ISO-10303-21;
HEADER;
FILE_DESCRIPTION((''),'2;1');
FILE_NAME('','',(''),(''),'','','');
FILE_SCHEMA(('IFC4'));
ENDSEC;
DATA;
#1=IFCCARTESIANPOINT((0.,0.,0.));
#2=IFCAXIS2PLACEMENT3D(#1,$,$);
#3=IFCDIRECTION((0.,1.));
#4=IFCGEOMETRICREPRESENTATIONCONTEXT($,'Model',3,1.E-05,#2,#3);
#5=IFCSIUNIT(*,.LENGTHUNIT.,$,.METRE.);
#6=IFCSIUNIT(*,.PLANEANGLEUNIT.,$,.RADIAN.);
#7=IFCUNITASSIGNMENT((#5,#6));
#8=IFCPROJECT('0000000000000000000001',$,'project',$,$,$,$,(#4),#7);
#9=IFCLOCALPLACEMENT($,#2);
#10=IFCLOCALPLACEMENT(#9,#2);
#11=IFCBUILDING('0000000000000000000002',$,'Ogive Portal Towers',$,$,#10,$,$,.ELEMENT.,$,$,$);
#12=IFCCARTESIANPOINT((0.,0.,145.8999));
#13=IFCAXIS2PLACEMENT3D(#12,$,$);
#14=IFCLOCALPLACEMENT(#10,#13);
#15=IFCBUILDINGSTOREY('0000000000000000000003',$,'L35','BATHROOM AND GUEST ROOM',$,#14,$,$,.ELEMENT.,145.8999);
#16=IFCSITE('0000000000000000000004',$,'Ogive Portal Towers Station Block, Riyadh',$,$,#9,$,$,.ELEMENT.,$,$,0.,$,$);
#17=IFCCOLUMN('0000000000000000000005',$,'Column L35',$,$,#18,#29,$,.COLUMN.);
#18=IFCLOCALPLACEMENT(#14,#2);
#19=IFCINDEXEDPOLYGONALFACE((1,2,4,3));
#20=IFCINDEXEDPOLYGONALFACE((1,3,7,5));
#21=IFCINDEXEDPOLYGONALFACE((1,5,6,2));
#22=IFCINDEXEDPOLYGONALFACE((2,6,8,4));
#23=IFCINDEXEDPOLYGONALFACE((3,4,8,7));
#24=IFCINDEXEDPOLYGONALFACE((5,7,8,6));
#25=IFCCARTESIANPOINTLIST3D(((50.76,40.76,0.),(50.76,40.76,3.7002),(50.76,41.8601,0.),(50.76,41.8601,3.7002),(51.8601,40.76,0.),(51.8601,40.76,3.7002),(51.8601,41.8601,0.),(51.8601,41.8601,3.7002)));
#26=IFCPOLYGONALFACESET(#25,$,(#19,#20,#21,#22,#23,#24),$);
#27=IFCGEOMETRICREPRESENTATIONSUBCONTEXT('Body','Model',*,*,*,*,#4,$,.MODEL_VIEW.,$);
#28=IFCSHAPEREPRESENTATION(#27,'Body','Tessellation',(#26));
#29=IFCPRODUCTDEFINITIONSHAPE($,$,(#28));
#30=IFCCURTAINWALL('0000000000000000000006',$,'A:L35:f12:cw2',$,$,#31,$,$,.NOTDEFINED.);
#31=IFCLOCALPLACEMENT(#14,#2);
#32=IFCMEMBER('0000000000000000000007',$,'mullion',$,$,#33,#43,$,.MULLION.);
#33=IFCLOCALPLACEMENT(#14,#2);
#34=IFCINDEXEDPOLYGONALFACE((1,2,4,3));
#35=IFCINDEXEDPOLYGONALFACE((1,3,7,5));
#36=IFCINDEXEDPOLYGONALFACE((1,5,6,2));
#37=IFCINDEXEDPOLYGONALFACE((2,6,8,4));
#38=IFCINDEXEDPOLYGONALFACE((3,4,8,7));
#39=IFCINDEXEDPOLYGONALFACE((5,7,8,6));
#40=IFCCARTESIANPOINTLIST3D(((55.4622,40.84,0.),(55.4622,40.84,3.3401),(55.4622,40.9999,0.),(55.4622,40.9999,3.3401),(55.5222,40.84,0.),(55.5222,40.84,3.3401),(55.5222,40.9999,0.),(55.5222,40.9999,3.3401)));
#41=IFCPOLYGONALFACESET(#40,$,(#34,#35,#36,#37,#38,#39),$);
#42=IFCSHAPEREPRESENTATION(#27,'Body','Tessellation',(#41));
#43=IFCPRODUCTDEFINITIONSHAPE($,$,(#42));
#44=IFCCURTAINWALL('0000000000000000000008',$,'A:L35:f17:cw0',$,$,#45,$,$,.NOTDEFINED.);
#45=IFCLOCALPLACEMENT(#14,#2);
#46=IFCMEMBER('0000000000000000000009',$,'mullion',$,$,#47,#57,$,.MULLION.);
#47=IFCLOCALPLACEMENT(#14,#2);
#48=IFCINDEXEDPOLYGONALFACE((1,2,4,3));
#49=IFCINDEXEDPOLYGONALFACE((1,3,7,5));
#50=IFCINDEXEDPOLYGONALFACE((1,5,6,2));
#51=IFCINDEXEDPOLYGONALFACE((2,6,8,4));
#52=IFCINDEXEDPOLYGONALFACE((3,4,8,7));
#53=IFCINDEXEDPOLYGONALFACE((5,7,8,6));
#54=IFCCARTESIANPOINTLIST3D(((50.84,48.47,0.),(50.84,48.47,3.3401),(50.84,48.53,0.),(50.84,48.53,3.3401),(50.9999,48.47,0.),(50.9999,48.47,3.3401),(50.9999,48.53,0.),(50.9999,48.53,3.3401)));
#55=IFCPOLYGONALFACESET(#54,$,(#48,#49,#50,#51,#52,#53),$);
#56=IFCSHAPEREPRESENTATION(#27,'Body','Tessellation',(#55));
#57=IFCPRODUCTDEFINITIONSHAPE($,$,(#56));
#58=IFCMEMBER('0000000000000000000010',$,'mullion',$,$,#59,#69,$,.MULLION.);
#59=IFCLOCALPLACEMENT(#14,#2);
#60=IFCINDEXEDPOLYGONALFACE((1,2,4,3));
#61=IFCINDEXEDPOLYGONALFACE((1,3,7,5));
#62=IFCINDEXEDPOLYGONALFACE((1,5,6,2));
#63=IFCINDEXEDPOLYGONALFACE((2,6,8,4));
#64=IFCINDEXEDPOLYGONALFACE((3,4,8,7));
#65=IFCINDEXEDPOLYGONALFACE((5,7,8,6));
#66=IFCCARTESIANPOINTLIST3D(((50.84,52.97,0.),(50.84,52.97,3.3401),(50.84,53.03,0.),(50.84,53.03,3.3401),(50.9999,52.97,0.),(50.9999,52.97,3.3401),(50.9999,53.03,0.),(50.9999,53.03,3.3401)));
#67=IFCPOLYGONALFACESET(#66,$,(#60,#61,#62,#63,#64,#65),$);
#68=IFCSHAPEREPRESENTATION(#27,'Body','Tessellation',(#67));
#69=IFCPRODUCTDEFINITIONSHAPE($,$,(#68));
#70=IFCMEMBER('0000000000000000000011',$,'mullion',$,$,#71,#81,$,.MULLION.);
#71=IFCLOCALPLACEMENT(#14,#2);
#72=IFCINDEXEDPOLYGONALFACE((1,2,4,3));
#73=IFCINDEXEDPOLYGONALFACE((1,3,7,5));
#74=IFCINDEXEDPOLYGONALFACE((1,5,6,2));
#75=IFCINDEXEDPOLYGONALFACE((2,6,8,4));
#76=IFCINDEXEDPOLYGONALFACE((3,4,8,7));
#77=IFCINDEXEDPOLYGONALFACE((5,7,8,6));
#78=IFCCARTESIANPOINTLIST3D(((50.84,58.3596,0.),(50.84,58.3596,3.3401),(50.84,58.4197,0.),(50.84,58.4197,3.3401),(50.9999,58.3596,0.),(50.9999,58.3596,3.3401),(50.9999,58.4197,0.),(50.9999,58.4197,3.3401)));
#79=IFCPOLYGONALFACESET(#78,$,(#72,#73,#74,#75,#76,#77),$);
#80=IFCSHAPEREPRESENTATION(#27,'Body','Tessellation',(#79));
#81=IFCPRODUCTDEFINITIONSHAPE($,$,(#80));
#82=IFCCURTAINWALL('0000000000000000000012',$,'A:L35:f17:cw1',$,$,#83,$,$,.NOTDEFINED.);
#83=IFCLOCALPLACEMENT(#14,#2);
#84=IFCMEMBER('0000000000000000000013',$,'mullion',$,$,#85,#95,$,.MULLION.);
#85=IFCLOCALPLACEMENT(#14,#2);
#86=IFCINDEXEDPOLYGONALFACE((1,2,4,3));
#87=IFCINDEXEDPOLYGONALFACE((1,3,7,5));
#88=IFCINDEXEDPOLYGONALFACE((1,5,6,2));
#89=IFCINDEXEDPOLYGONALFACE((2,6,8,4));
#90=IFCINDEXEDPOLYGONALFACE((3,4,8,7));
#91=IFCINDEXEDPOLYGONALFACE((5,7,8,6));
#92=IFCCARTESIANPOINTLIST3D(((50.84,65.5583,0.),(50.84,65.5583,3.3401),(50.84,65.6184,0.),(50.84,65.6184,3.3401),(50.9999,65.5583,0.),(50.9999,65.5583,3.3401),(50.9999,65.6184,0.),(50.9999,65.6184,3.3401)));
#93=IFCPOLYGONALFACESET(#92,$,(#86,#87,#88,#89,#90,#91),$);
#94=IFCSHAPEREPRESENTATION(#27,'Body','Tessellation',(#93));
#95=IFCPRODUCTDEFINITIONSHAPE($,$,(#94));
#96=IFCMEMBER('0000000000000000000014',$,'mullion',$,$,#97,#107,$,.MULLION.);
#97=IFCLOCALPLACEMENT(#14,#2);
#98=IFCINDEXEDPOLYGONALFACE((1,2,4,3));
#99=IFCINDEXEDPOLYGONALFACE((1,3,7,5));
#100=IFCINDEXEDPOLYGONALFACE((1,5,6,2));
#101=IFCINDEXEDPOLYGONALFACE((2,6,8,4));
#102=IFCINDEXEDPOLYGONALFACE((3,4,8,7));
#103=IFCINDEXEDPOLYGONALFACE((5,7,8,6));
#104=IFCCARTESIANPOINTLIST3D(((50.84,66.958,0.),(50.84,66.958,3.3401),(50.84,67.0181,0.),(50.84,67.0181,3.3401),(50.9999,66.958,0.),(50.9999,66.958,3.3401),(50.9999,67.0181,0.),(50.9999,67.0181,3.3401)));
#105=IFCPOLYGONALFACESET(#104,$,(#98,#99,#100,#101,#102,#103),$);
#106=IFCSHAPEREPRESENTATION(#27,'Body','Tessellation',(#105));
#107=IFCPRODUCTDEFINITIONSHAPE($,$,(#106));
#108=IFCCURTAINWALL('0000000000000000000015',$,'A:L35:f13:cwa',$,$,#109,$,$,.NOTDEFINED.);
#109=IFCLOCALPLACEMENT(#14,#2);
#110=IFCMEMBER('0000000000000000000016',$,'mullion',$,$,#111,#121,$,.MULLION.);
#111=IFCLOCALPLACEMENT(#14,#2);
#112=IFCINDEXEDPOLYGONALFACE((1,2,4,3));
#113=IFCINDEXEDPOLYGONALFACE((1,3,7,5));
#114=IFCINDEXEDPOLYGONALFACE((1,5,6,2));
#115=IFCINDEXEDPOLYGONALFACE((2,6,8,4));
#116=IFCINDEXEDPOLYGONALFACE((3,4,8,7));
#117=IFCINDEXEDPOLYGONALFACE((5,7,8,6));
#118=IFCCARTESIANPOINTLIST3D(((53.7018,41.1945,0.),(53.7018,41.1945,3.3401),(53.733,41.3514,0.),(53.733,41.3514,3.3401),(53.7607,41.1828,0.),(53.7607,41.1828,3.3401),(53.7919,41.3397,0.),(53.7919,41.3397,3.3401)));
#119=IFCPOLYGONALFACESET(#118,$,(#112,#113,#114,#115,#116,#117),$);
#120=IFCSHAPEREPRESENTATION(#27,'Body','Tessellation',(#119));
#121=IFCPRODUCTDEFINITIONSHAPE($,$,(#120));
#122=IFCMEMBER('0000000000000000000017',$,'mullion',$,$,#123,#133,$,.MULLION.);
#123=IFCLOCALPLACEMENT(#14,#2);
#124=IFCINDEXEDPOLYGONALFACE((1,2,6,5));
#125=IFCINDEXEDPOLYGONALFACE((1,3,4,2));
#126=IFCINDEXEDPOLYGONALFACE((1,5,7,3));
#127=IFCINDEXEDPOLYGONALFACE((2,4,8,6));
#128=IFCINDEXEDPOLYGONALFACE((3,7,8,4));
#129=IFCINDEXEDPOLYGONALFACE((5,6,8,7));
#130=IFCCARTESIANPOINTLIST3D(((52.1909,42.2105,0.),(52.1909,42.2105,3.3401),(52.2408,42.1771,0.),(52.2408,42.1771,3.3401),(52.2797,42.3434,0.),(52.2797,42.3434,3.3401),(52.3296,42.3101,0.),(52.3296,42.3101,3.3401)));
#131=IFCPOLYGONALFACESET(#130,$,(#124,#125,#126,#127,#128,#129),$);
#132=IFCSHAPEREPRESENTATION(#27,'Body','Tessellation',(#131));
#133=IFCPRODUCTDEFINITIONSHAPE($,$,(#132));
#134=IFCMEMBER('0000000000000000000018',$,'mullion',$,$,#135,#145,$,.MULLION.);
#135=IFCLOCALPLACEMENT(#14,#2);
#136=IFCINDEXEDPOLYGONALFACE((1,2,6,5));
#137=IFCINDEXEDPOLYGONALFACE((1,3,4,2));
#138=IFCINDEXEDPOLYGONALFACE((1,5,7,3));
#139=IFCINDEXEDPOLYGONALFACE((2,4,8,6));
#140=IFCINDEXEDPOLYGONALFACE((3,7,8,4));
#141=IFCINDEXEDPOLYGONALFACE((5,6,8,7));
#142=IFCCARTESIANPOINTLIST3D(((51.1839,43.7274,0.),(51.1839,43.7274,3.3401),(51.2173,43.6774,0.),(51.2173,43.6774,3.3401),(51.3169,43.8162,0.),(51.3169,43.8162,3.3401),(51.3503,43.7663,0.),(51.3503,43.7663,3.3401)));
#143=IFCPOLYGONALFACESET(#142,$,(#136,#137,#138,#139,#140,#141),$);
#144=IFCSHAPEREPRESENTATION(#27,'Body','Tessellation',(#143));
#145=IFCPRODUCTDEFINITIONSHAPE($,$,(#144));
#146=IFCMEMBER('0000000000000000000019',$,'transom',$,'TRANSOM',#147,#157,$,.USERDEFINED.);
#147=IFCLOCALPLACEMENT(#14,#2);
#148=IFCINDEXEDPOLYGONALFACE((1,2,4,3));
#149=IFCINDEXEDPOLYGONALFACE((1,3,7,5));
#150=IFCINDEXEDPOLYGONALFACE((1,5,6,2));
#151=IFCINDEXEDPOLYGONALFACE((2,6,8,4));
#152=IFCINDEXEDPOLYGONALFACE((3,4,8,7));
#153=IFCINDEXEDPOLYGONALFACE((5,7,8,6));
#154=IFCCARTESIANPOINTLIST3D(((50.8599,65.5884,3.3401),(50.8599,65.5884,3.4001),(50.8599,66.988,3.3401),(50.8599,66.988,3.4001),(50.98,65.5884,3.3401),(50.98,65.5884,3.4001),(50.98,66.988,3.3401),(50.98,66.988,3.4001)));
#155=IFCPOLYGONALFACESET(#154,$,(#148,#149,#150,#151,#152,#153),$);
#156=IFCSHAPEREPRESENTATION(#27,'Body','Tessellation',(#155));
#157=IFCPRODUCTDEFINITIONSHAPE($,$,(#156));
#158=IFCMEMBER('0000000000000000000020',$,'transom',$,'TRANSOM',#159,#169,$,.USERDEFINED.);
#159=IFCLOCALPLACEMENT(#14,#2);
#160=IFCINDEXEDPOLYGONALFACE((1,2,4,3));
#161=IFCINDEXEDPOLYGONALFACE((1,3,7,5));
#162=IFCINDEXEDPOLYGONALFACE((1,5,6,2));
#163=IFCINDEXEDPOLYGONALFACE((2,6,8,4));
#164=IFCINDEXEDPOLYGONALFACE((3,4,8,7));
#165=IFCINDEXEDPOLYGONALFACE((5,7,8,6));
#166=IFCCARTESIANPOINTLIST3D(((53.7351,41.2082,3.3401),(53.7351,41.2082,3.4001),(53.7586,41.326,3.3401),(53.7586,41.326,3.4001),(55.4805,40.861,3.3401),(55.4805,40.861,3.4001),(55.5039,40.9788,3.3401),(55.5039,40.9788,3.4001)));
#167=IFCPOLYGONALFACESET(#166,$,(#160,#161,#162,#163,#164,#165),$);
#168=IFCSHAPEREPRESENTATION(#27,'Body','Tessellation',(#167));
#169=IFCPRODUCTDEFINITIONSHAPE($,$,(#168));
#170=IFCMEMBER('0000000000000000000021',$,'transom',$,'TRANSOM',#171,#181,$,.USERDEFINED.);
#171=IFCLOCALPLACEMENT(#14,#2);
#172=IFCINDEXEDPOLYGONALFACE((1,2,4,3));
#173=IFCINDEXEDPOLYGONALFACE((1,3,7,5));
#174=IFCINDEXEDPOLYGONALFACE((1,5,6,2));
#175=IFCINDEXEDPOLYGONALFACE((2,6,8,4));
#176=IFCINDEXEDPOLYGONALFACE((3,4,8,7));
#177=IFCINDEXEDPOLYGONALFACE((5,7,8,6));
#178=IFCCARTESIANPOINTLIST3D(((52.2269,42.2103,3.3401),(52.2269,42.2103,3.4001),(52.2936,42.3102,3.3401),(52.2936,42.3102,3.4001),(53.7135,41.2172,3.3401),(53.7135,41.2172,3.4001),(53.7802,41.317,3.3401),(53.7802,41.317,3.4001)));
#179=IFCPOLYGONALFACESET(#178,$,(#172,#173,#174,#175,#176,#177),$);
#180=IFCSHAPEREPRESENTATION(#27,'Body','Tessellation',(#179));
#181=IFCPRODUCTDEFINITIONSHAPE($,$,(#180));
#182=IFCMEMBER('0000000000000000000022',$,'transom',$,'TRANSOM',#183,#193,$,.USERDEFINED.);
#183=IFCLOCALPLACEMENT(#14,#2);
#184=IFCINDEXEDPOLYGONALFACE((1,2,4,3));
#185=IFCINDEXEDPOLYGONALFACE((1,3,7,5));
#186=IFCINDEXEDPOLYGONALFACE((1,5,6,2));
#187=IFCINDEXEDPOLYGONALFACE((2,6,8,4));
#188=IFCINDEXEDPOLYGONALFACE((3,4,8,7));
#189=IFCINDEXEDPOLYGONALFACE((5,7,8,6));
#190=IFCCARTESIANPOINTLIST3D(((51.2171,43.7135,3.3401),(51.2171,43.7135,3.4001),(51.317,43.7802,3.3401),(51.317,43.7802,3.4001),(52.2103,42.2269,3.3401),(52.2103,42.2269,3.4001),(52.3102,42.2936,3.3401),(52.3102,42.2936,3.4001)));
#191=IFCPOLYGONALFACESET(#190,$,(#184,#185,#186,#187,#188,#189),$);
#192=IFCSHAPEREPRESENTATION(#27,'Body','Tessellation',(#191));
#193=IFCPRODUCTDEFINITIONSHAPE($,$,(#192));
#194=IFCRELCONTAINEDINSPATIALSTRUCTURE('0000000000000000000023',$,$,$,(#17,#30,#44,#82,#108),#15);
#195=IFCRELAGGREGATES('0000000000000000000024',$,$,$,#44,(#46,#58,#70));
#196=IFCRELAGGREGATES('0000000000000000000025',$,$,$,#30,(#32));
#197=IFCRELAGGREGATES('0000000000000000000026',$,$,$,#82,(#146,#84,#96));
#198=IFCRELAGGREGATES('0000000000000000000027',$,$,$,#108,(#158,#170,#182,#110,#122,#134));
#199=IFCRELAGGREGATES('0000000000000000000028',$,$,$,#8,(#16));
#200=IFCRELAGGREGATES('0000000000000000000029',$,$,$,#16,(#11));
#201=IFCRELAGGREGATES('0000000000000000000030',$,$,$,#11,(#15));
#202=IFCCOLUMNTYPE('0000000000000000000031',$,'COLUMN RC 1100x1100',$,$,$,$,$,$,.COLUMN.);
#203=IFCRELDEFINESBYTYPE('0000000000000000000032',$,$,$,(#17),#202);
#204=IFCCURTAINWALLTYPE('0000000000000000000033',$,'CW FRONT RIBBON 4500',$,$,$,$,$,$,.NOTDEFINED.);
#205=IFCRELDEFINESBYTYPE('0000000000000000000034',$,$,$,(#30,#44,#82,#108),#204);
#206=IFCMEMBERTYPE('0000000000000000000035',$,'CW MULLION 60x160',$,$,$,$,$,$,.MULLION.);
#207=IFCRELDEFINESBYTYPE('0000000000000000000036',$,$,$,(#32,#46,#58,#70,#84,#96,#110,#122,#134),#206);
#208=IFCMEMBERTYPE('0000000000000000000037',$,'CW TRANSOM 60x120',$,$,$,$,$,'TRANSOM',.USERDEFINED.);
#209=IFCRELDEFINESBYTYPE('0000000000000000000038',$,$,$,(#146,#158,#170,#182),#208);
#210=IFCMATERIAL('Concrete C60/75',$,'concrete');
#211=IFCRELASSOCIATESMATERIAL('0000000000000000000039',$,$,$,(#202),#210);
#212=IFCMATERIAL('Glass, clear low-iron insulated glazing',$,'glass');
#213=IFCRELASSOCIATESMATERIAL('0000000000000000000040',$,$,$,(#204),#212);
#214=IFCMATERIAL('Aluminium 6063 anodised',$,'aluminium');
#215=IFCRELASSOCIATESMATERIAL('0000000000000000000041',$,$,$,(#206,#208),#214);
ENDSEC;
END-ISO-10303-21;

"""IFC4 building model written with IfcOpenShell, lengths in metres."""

from ifc_helpers import new_model, si_unit, direction, frame, origin, origin_2d, place, context, subcontext, project, spatial, rectangle, extrude, material, material_profile, profile_set, type_object, element, aggregate, save


model = new_model("IFC4")

# Units and contexts
model_context = context("Model", 3, precision=1e-05, world=origin(), true_north=direction((0.0, 1.0)))
body_context = subcontext(model_context, "Body", "Model", "MODEL_VIEW")
ifc_project = project(units=[si_unit("LENGTHUNIT", "METRE"), si_unit("PLANEANGLEUNIT", "RADIAN")], contexts=[model_context])

# Site, building, storey
site_placement = place(None, origin())
site = spatial("IfcSite", under=ifc_project, at=site_placement, Name="Ogive Portal Towers Station Block, Riyadh", CompositionType="ELEMENT", RefElevation=0.0)
building_placement = place(site_placement, origin())
building = spatial("IfcBuilding", under=site, at=building_placement, Name="Ogive Portal Towers", CompositionType="ELEMENT")
storey_placement = place(building_placement, frame((0.0, 0.0, 145.8999)))
storey = spatial("IfcBuildingStorey", under=building, at=storey_placement, Name="L35", Description="BATHROOM AND GUEST ROOM", CompositionType="ELEMENT", Elevation=145.8999)

# Column
ifc_material_1 = material(Name="Concrete C60/75", Category="concrete")
ifc_material_profile_1 = material_profile(ifc_material_1, rectangle(XDim=1.1001, YDim=1.1001, at=origin_2d()), Name="RC 1100x1100")
ifc_profile_set_1 = profile_set([ifc_material_profile_1], Name="Concrete C60/75")
column_type = type_object("IfcColumnType", Name="COLUMN RC 1100x1100", PredefinedType="COLUMN", material=ifc_profile_set_1)
column_placement = place(storey_placement, frame((51.3101, 41.3101, 0.0), z_axis=(0.0, 0.0, 1.0), x_axis=(1.0, 0.0, 0.0)))
element("IfcColumn", 1, at=column_placement, inside=storey, type_object=column_type, Name="Column L35", PredefinedType="COLUMN", context=body_context, shape_type="SweptSolid", body=[
    extrude(rectangle(XDim=1.1001, YDim=1.1001, at=origin_2d()), origin(), (0.0, 0.0, 1.0), 3.7002),
])

# Curtain wall, member
ifc_material_2 = material(Name="Glass, clear low-iron insulated glazing", Category="glass")
curtain_wall_type = type_object("IfcCurtainWallType", Name="CW FRONT RIBBON 4500", PredefinedType="NOTDEFINED", material=ifc_material_2)
curtain_wall_1_placement = place(storey_placement, origin())
curtain_wall_1 = element("IfcCurtainWall", 2, at=curtain_wall_1_placement, inside=storey, type_object=curtain_wall_type, Name="A:L35:f12:cw2", PredefinedType="NOTDEFINED")
ifc_material_3 = material(Name="Aluminium 6063 anodised", Category="aluminium")
ifc_material_profile_2 = material_profile(ifc_material_3, rectangle(XDim=0.1599, YDim=0.0601, at=origin_2d()), Name="AL 60x160")
ifc_profile_set_2 = profile_set([ifc_material_profile_2], Name="Aluminium 6063 anodised")
member_type_1 = type_object("IfcMemberType", Name="CW MULLION 60x160", PredefinedType="MULLION", material=ifc_profile_set_2)
member_1_placement = place(storey_placement, frame((55.4922, 40.9199, 0.0), z_axis=(0.0, 0.0, 1.0), x_axis=(0.0, -1.0, 0.0)))
member_1 = element("IfcMember", 3, at=member_1_placement, type_object=member_type_1, Name="mullion", PredefinedType="MULLION", context=body_context, shape_type="SweptSolid", body=[
    extrude(rectangle(XDim=0.1599, YDim=0.0601, at=origin_2d()), origin(), (0.0, 0.0, 1.0), 3.3401),
])

# Curtain walls, members
curtain_wall_2_placement = place(storey_placement, origin())
curtain_wall_2 = element("IfcCurtainWall", 4, at=curtain_wall_2_placement, inside=storey, type_object=curtain_wall_type, Name="A:L35:f17:cw0", PredefinedType="NOTDEFINED")
member_2_placement = place(storey_placement, frame((50.9199, 48.5, 0.0), z_axis=(0.0, 0.0, 1.0), x_axis=(-1.0, 0.0, 0.0)))
member_2 = element("IfcMember", 5, at=member_2_placement, type_object=member_type_1, Name="mullion", PredefinedType="MULLION", context=body_context, shape_type="SweptSolid", body=[
    extrude(rectangle(XDim=0.1599, YDim=0.0601, at=origin_2d()), origin(), (0.0, 0.0, 1.0), 3.3401),
])
member_3_placement = place(storey_placement, frame((50.9199, 53.0, 0.0), z_axis=(0.0, 0.0, 1.0), x_axis=(-1.0, 0.0, 0.0)))
member_3 = element("IfcMember", 6, at=member_3_placement, type_object=member_type_1, Name="mullion", PredefinedType="MULLION", context=body_context, shape_type="SweptSolid", body=[
    extrude(rectangle(XDim=0.1599, YDim=0.0601, at=origin_2d()), origin(), (0.0, 0.0, 1.0), 3.3401),
])
member_4_placement = place(storey_placement, frame((50.9199, 58.3896, 0.0), z_axis=(0.0, 0.0, 1.0), x_axis=(-1.0, 0.0, 0.0)))
member_4 = element("IfcMember", 7, at=member_4_placement, type_object=member_type_1, Name="mullion", PredefinedType="MULLION", context=body_context, shape_type="SweptSolid", body=[
    extrude(rectangle(XDim=0.1599, YDim=0.0601, at=origin_2d()), origin(), (0.0, 0.0, 1.0), 3.3401),
])
aggregate(curtain_wall_2, [member_2, member_3, member_4])
curtain_wall_3_placement = place(storey_placement, origin())
curtain_wall_3 = element("IfcCurtainWall", 8, at=curtain_wall_3_placement, inside=storey, type_object=curtain_wall_type, Name="A:L35:f17:cw1", PredefinedType="NOTDEFINED")
member_5_placement = place(storey_placement, frame((50.9199, 65.5884, 0.0), z_axis=(0.0, 0.0, 1.0), x_axis=(-1.0, 0.0, 0.0)))
member_5 = element("IfcMember", 9, at=member_5_placement, type_object=member_type_1, Name="mullion", PredefinedType="MULLION", context=body_context, shape_type="SweptSolid", body=[
    extrude(rectangle(XDim=0.1599, YDim=0.0601, at=origin_2d()), origin(), (0.0, 0.0, 1.0), 3.3401),
])
member_6_placement = place(storey_placement, frame((50.9199, 66.988, 0.0), z_axis=(0.0, 0.0, 1.0), x_axis=(-1.0, 0.0, 0.0)))
member_6 = element("IfcMember", 10, at=member_6_placement, type_object=member_type_1, Name="mullion", PredefinedType="MULLION", context=body_context, shape_type="SweptSolid", body=[
    extrude(rectangle(XDim=0.1599, YDim=0.0601, at=origin_2d()), origin(), (0.0, 0.0, 1.0), 3.3401),
])
curtain_wall_4_placement = place(storey_placement, origin())
curtain_wall_4 = element("IfcCurtainWall", 11, at=curtain_wall_4_placement, inside=storey, type_object=curtain_wall_type, Name="A:L35:f13:cwa", PredefinedType="NOTDEFINED")
member_7_placement = place(storey_placement, frame((53.7468, 41.2671, 0.0), z_axis=(0.0, 0.0, 1.0), x_axis=(-0.19509, -0.980785, 0.0)))
member_7 = element("IfcMember", 12, at=member_7_placement, type_object=member_type_1, Name="mullion", PredefinedType="MULLION", context=body_context, shape_type="SweptSolid", body=[
    extrude(rectangle(XDim=0.1599, YDim=0.0601, at=origin_2d()), origin(), (0.0, 0.0, 1.0), 3.3401),
])
member_8_placement = place(storey_placement, frame((52.2603, 42.2603, 0.0), z_axis=(0.0, 0.0, 1.0), x_axis=(-0.55557, -0.83147, 0.0)))
member_8 = element("IfcMember", 13, at=member_8_placement, type_object=member_type_1, Name="mullion", PredefinedType="MULLION", context=body_context, shape_type="SweptSolid", body=[
    extrude(rectangle(XDim=0.1599, YDim=0.0601, at=origin_2d()), origin(), (0.0, 0.0, 1.0), 3.3401),
])
member_9_placement = place(storey_placement, frame((51.2671, 43.7468, 0.0), z_axis=(0.0, 0.0, 1.0), x_axis=(-0.83147, -0.55557, 0.0)))
member_9 = element("IfcMember", 14, at=member_9_placement, type_object=member_type_1, Name="mullion", PredefinedType="MULLION", context=body_context, shape_type="SweptSolid", body=[
    extrude(rectangle(XDim=0.1599, YDim=0.0601, at=origin_2d()), origin(), (0.0, 0.0, 1.0), 3.3401),
])

# Members
ifc_material_profile_3 = material_profile(ifc_material_3, rectangle(XDim=0.1201, YDim=0.0601, at=origin_2d()), Name="AL 120x60")
ifc_profile_set_3 = profile_set([ifc_material_profile_3], Name="Aluminium 6063 anodised")
member_type_2 = type_object("IfcMemberType", Name="CW TRANSOM 60x120", ElementType="TRANSOM", PredefinedType="USERDEFINED", material=ifc_profile_set_3)
member_10_placement = place(storey_placement, frame((50.9199, 65.5884, 3.3701), z_axis=(0.0, 1.0, 0.0), x_axis=(-1.0, 0.0, 0.0)))
member_10 = element("IfcMember", 15, at=member_10_placement, type_object=member_type_2, Name="transom", ObjectType="TRANSOM", PredefinedType="USERDEFINED", context=body_context, shape_type="SweptSolid", body=[
    extrude(rectangle(XDim=0.1201, YDim=0.0601, at=origin_2d()), origin(), (0.0, 0.0, 1.0), 1.3997),
])
member_11_placement = place(storey_placement, frame((55.4922, 40.9199, 3.3701), z_axis=(-0.980786, 0.195087, 0.0), x_axis=(-0.195087, -0.980786, 0.0)))
member_11 = element("IfcMember", 16, at=member_11_placement, type_object=member_type_2, Name="transom", ObjectType="TRANSOM", PredefinedType="USERDEFINED", context=body_context, shape_type="SweptSolid", body=[
    extrude(rectangle(XDim=0.1201, YDim=0.0601, at=origin_2d()), origin(), (0.0, 0.0, 1.0), 1.7795),
])
member_12_placement = place(storey_placement, frame((53.7468, 41.2671, 3.3701), z_axis=(-0.831504, 0.555519, 0.0), x_axis=(-0.555519, -0.831504, 0.0)))
member_12 = element("IfcMember", 17, at=member_12_placement, type_object=member_type_2, Name="transom", ObjectType="TRANSOM", PredefinedType="USERDEFINED", context=body_context, shape_type="SweptSolid", body=[
    extrude(rectangle(XDim=0.1201, YDim=0.0601, at=origin_2d()), origin(), (0.0, 0.0, 1.0), 1.7878),
])
member_13_placement = place(storey_placement, frame((52.2603, 42.2603, 3.3701), z_axis=(-0.555519, 0.831504, 0.0), x_axis=(-0.831504, -0.555519, 0.0)))
member_13 = element("IfcMember", 18, at=member_13_placement, type_object=member_type_2, Name="transom", ObjectType="TRANSOM", PredefinedType="USERDEFINED", context=body_context, shape_type="SweptSolid", body=[
    extrude(rectangle(XDim=0.1201, YDim=0.0601, at=origin_2d()), origin(), (0.0, 0.0, 1.0), 1.7878),
])

aggregate(curtain_wall_1, [member_1])
aggregate(curtain_wall_3, [member_10, member_5, member_6])
aggregate(curtain_wall_4, [member_11, member_12, member_13, member_7, member_8, member_9])

save(model, "model.ifc")
